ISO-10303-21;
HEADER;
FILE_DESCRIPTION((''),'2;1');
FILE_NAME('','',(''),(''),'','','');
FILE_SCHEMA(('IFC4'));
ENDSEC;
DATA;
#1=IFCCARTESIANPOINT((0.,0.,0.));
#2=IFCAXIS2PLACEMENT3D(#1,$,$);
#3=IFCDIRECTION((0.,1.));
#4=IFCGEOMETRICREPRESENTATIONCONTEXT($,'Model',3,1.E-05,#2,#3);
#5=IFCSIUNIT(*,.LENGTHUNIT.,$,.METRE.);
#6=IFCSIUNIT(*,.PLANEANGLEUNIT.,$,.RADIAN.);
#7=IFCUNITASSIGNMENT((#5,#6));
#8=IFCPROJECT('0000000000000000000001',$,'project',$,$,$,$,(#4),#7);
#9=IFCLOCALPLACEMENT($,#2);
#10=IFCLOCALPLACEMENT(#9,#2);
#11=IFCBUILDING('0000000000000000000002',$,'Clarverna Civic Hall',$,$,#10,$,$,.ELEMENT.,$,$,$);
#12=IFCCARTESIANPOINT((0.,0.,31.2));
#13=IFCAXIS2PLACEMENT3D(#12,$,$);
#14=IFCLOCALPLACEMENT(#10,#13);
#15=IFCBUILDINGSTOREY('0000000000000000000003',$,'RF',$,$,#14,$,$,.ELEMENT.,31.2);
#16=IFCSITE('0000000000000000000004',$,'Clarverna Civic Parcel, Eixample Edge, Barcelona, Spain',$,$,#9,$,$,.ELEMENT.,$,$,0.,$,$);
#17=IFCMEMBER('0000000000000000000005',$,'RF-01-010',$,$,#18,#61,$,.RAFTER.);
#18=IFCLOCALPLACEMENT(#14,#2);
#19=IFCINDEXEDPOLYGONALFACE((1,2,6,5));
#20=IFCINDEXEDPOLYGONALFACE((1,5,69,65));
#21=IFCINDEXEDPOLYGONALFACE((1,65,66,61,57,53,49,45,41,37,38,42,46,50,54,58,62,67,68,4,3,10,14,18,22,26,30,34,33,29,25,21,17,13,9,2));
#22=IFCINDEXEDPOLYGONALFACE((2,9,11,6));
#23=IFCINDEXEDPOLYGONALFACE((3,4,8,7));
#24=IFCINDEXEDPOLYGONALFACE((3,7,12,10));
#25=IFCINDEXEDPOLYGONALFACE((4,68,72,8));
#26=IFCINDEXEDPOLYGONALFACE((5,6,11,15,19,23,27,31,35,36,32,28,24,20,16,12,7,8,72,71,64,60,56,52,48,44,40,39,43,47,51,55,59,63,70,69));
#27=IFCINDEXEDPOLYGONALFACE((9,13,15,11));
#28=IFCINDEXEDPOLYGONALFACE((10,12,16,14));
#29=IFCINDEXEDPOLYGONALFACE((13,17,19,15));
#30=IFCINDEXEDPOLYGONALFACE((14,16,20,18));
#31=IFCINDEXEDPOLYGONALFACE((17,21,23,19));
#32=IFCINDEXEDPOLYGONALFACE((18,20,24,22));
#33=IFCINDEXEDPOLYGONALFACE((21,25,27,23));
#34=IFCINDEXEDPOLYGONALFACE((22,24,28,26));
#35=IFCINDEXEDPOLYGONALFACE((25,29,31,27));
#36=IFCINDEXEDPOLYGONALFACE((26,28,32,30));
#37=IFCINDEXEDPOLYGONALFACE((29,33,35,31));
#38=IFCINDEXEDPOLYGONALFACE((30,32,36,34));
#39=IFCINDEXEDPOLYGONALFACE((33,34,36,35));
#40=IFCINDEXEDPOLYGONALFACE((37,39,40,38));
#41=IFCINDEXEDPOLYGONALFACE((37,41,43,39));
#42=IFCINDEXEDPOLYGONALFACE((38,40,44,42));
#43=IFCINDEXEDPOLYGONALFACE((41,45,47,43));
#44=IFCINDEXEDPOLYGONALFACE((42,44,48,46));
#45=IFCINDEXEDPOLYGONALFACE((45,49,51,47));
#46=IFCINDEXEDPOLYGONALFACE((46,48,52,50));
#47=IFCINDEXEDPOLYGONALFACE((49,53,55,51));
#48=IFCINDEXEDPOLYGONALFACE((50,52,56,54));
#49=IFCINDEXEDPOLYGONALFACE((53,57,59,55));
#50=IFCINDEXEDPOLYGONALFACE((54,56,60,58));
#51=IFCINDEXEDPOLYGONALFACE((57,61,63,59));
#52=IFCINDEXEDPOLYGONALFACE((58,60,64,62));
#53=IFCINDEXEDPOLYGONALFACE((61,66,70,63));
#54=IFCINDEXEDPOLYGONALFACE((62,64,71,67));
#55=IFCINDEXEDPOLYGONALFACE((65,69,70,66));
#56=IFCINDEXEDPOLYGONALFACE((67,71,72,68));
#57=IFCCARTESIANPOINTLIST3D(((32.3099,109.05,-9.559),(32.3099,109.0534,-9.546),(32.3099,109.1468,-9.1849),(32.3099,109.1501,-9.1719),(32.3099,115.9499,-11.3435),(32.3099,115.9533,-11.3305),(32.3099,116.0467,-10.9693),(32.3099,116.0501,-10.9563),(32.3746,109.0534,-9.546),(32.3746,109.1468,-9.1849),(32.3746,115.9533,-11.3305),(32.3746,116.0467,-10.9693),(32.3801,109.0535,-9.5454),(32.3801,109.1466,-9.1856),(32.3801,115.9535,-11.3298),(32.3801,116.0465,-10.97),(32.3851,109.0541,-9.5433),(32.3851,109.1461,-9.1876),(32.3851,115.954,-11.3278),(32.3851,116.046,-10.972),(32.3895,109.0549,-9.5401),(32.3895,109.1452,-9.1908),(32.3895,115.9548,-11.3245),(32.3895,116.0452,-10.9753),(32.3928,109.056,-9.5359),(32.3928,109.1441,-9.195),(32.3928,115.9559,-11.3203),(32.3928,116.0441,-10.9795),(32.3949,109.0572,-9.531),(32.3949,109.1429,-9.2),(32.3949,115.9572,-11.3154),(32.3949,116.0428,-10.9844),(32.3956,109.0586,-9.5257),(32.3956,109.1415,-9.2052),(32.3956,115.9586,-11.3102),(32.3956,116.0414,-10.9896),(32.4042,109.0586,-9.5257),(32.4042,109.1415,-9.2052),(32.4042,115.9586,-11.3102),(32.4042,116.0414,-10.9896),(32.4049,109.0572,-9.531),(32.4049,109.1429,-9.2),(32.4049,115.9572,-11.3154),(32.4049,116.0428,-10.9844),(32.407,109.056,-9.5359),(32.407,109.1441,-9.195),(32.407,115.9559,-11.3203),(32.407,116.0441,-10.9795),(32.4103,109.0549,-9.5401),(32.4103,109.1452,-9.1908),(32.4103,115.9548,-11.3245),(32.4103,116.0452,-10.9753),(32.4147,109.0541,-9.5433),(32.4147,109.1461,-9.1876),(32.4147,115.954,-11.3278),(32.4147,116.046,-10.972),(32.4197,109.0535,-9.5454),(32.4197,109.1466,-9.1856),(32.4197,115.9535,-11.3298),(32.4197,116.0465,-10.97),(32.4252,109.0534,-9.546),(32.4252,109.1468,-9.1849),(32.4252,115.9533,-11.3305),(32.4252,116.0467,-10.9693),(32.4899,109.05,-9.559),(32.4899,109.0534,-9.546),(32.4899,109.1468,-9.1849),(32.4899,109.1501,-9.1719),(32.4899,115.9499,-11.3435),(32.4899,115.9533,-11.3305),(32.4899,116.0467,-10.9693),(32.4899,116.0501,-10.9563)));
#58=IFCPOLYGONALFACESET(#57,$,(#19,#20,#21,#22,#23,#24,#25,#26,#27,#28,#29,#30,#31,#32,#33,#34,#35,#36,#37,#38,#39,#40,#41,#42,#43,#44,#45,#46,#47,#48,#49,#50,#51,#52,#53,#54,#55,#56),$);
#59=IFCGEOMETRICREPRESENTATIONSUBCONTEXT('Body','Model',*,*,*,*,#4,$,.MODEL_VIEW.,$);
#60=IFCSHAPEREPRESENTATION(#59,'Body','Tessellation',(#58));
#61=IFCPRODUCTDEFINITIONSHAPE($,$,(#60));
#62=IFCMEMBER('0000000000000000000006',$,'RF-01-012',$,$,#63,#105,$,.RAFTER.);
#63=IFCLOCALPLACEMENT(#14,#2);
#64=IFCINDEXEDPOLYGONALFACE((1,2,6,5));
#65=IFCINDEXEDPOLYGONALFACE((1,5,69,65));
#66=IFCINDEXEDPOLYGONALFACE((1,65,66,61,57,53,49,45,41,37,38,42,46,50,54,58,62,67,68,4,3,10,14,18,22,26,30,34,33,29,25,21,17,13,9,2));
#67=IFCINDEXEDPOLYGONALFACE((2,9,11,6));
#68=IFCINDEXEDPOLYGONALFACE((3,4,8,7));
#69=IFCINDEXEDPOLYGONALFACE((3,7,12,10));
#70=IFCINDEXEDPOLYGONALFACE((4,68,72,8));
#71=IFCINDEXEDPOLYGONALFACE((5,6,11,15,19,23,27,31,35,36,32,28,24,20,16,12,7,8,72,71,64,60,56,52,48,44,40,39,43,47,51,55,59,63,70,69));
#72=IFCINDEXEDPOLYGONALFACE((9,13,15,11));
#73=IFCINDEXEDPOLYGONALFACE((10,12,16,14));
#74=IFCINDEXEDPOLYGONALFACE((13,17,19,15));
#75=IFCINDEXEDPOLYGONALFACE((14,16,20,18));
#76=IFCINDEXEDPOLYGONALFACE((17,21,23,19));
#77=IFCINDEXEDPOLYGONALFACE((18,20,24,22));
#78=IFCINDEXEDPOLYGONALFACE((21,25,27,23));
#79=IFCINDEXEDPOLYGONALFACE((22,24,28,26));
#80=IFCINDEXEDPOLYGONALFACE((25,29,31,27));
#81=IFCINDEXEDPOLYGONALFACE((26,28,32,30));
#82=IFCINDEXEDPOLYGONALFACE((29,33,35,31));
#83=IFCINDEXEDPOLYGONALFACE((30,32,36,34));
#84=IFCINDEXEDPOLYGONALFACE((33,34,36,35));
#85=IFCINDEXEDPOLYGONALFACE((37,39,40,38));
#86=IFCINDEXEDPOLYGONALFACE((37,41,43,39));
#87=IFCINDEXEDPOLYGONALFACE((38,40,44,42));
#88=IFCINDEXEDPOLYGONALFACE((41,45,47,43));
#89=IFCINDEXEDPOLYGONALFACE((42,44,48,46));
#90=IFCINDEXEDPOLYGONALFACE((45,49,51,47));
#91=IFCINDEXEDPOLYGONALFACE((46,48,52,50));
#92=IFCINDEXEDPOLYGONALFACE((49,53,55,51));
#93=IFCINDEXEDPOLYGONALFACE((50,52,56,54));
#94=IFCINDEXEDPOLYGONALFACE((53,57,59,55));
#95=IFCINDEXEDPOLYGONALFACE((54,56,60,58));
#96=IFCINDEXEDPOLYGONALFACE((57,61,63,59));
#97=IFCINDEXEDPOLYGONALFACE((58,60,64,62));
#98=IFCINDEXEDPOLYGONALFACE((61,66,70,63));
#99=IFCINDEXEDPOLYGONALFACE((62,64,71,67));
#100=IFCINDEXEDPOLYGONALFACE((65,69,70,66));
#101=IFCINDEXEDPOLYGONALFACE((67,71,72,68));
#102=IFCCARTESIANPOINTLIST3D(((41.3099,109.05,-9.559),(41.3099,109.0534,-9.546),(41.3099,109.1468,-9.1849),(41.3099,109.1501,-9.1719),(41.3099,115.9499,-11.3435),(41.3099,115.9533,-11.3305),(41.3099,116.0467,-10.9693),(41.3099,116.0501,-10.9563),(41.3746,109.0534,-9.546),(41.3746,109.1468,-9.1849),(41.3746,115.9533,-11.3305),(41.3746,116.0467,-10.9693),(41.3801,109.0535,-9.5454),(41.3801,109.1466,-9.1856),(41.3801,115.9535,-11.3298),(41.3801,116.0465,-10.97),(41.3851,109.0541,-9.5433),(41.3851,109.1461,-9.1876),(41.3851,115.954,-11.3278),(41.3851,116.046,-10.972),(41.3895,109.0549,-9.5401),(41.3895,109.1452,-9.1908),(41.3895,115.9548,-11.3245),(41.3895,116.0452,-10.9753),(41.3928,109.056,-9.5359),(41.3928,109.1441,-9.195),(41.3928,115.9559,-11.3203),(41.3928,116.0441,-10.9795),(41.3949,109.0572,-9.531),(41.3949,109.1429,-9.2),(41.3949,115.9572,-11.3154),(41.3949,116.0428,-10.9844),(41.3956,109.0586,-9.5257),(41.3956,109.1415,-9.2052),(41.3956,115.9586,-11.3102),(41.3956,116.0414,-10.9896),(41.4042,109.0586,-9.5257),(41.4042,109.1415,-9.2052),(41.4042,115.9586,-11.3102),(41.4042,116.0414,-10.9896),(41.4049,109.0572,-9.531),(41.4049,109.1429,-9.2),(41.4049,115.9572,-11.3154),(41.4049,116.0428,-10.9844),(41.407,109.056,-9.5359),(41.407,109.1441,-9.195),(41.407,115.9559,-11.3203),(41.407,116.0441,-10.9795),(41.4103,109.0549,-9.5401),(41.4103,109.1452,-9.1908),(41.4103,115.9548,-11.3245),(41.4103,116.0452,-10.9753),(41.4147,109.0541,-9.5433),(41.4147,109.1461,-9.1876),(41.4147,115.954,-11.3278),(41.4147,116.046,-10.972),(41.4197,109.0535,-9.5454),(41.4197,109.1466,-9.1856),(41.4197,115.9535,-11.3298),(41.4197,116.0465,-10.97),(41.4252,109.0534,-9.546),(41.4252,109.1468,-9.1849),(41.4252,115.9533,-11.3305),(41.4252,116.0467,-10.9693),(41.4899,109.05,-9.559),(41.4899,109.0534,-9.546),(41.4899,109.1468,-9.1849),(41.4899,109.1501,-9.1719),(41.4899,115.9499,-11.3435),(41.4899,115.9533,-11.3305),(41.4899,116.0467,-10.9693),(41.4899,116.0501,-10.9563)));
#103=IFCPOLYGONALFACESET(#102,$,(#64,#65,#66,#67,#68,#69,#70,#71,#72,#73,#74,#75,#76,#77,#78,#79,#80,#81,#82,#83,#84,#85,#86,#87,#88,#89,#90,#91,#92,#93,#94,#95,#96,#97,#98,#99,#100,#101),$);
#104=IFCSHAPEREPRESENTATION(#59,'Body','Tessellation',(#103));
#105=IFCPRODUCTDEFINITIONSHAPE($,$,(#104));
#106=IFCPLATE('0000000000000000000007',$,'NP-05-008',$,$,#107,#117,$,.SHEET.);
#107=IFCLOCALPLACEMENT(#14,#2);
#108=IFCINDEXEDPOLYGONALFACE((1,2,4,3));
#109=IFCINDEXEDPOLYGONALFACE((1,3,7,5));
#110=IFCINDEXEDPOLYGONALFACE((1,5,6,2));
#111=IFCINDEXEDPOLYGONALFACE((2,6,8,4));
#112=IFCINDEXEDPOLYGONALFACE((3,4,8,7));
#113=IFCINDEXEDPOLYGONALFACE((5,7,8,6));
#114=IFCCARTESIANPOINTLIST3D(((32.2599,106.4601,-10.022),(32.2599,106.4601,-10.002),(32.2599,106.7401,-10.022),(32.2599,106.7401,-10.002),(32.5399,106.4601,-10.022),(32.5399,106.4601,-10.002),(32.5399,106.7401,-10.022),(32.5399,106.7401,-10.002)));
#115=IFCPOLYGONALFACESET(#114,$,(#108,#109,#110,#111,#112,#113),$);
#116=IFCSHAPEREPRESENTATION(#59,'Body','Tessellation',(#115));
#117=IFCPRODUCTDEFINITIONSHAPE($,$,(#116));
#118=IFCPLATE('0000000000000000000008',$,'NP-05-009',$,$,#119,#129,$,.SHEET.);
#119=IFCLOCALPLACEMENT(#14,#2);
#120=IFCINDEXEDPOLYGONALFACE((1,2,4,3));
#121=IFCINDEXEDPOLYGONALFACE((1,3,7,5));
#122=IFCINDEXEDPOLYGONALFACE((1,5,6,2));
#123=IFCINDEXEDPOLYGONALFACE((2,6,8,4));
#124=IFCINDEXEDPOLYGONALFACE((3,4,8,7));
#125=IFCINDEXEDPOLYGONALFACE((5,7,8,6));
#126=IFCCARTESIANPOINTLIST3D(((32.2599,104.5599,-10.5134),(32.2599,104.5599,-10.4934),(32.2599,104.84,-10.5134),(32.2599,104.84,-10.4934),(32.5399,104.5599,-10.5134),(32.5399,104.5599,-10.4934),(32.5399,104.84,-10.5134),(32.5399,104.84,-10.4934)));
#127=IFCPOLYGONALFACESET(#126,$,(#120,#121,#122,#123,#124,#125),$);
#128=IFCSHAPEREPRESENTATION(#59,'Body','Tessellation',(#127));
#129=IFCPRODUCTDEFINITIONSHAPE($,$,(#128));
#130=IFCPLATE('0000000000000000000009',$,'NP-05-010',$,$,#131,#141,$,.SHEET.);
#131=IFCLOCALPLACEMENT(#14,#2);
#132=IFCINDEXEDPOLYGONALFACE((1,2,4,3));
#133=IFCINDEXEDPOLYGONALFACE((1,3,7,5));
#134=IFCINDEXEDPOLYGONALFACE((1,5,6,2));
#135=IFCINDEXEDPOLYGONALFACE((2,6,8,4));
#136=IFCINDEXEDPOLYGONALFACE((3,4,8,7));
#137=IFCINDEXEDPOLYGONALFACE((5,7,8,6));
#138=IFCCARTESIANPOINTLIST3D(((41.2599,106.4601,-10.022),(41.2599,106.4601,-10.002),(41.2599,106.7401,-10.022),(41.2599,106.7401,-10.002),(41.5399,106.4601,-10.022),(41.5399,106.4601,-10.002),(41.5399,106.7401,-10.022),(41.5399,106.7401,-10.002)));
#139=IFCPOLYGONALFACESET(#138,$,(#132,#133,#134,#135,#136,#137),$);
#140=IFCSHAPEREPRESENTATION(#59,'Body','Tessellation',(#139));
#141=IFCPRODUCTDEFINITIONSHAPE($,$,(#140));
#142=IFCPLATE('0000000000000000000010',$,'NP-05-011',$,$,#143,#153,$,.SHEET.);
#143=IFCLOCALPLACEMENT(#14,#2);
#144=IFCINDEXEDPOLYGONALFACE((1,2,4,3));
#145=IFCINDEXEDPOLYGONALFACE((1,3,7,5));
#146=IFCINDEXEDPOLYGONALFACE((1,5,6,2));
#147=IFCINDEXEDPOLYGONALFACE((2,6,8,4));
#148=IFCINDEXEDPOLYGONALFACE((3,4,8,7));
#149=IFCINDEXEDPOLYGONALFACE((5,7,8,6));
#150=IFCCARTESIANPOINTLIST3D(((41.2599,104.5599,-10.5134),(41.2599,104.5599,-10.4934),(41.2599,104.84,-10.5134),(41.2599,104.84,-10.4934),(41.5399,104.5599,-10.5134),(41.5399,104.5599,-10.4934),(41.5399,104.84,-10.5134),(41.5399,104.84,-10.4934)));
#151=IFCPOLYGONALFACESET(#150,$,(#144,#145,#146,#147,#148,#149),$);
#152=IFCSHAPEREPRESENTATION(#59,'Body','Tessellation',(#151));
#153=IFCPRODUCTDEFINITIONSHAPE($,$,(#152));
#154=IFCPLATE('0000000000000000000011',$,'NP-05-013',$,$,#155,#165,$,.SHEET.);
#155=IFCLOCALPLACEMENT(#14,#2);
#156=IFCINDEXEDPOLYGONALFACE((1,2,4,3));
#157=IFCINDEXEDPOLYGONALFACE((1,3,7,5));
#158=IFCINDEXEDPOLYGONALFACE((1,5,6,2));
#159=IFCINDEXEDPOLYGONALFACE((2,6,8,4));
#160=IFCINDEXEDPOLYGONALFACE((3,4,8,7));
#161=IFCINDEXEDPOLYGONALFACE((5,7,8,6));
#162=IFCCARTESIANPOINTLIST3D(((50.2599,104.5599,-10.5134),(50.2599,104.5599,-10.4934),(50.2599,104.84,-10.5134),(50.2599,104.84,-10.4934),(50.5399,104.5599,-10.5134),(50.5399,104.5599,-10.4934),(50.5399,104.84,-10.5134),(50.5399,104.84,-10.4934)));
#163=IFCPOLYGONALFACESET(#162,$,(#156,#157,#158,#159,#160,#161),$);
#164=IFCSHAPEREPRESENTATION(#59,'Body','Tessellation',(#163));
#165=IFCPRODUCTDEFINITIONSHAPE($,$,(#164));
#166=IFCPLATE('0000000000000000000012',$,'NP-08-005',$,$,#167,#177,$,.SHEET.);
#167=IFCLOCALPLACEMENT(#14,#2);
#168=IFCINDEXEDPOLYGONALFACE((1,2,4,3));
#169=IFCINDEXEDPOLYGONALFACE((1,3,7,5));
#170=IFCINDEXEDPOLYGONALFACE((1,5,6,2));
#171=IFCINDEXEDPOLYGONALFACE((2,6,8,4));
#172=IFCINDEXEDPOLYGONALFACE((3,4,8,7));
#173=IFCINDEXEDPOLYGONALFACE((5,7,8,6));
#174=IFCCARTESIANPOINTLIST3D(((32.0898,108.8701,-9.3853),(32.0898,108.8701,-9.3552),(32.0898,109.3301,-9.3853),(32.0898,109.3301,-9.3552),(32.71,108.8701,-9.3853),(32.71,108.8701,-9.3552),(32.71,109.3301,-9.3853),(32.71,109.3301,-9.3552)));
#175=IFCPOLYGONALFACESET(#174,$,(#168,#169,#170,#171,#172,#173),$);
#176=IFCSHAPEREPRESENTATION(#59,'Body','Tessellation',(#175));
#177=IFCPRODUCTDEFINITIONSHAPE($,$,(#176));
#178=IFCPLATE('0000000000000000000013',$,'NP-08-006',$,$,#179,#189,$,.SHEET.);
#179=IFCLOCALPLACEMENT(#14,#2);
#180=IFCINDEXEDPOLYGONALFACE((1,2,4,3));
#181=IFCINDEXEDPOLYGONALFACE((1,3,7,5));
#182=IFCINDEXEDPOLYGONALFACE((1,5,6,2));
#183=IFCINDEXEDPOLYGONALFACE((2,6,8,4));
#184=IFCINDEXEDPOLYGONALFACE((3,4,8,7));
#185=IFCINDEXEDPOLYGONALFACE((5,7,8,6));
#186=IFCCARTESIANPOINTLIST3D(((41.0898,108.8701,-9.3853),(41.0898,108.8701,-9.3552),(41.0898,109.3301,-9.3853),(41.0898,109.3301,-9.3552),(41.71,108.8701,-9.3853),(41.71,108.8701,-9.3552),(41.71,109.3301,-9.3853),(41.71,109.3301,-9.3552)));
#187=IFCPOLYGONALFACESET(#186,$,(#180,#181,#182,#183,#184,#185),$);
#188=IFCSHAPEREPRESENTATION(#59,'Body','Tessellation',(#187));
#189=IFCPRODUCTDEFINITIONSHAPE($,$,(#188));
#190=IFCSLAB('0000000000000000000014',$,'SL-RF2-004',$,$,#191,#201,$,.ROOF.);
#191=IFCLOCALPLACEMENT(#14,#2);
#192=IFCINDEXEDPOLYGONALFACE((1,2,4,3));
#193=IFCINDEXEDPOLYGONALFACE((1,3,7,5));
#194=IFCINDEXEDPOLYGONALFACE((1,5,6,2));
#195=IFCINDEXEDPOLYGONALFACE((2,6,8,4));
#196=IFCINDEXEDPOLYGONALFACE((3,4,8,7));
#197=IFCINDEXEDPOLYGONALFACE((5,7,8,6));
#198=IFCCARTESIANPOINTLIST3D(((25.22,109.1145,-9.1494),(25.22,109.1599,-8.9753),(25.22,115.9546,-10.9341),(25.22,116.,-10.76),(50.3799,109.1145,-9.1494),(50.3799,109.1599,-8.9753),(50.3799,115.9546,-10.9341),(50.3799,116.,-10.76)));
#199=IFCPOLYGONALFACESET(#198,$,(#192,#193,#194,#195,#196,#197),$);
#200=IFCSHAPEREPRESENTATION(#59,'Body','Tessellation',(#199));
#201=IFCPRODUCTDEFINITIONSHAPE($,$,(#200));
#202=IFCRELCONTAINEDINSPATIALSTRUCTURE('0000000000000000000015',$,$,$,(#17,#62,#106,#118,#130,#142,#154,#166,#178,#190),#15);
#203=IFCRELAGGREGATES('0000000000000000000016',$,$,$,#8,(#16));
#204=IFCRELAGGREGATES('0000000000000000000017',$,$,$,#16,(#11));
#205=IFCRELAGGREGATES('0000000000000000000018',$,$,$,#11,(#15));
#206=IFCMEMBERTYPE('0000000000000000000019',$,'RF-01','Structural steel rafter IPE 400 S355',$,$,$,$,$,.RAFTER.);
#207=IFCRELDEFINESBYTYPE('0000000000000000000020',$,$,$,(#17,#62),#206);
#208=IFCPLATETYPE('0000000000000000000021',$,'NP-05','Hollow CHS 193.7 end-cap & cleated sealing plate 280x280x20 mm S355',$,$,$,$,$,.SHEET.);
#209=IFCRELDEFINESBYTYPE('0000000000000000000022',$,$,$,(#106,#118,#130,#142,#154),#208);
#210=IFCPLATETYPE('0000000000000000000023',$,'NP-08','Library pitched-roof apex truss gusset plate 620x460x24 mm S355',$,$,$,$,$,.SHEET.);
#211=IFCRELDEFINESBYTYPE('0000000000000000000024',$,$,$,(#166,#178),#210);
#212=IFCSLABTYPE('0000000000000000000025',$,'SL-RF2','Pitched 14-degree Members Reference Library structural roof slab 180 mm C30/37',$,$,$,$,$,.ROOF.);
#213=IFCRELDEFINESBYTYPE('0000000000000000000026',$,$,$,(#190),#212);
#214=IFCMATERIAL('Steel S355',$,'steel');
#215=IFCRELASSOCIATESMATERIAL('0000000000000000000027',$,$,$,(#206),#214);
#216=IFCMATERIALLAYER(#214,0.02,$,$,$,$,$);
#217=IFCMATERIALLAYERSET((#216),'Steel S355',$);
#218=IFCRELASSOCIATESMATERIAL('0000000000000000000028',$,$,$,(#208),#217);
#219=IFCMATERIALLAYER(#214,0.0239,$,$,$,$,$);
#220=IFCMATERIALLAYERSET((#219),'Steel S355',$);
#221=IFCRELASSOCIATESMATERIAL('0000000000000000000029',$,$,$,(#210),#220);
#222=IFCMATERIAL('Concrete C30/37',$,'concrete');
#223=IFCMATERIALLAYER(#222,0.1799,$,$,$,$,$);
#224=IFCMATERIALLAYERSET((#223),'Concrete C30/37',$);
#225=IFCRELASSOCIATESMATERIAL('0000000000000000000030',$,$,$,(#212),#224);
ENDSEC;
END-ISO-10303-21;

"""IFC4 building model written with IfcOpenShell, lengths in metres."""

from ifc_helpers import new_model, si_unit, direction, frame, origin, origin_2d, place, context, subcontext, project, spatial, polyline, rectangle, i_section, outline, extrude, material, layer, layer_set, material_profile, profile_set, type_object, element, save


model = new_model("IFC4")

# Units and contexts
model_context = context("Model", 3, precision=1e-05, world=origin(), true_north=direction((0.0, 1.0)))
body_context = subcontext(model_context, "Body", "Model", "MODEL_VIEW")
ifc_project = project(units=[si_unit("LENGTHUNIT", "METRE"), si_unit("PLANEANGLEUNIT", "RADIAN")], contexts=[model_context])

# Site, building, storey
site_placement = place(None, origin())
site = spatial("IfcSite", under=ifc_project, at=site_placement, Name="Clarverna Civic Parcel, Eixample Edge, Barcelona, Spain", CompositionType="ELEMENT", RefElevation=0.0)
building_placement = place(site_placement, origin())
building = spatial("IfcBuilding", under=site, at=building_placement, Name="Clarverna Civic Hall", CompositionType="ELEMENT")
storey_placement = place(building_placement, frame((0.0, 0.0, 31.2)))
storey = spatial("IfcBuildingStorey", under=building, at=storey_placement, Name="RF", CompositionType="ELEMENT", Elevation=31.2)

# Members
ifc_material_1 = material(Name="Steel S355", Category="steel")
ifc_material_profile_1 = material_profile(ifc_material_1, i_section(OverallWidth=0.1799, OverallDepth=0.3999, WebThickness=0.0085, FlangeThickness=0.0134, FilletRadius=0.021, at=origin_2d()), Name="IPE 400")
ifc_profile_set_1 = profile_set([ifc_material_profile_1], Name="Steel S355")
member_type_1 = type_object("IfcMemberType", Name="RF-01", Description="Structural steel rafter IPE 400 S355", PredefinedType="RAFTER", material=ifc_profile_set_1)
for number, where, z_axis, x_axis, name in (
    (1, (32.3999, 116.0, -11.1499), (0.0, -0.968148, 0.250378), (1.0, 0.0, 0.0), "RF-01-010"),
    (2, (41.3999, 116.0, -11.1499), (0.0, -0.968148, 0.250378), (1.0, 0.0, 0.0), "RF-01-012"),
):
    element("IfcMember", number, at=place(storey_placement, frame(where, z_axis=z_axis, x_axis=x_axis)), inside=storey, type_object=member_type_1, Name=name, PredefinedType="RAFTER", context=body_context, shape_type="SweptSolid", body=[
        extrude(i_section(OverallWidth=0.1799, OverallDepth=0.3999, WebThickness=0.0085, FlangeThickness=0.0134, FilletRadius=0.021, at=origin_2d()), origin(), (0.0, 0.0, 1.0), 7.127),
    ])

# Plates
ifc_layer_1 = layer(ifc_material_1, 0.02)
ifc_layer_set_1 = layer_set([ifc_layer_1], Name="Steel S355")
plate_type_1 = type_object("IfcPlateType", Name="NP-05", Description="Hollow CHS 193.7 end-cap & cleated sealing plate 280x280x20 mm S355", PredefinedType="SHEET", material=ifc_layer_set_1)
for number, where, z_axis, x_axis, name in (
    (3, (32.3999, 106.6001, -10.022), (0.0, 0.0, 1.0), (1.0, 0.0, 0.0), "NP-05-008"),
    (4, (32.3999, 104.7, -10.5134), (0.0, 0.0, 1.0), (1.0, 0.0, 0.0), "NP-05-009"),
    (5, (41.3999, 106.6001, -10.022), (0.0, 0.0, 1.0), (1.0, 0.0, 0.0), "NP-05-010"),
    (6, (41.3999, 104.7, -10.5134), (0.0, 0.0, 1.0), (1.0, 0.0, 0.0), "NP-05-011"),
    (7, (50.3999, 104.7, -10.5134), (0.0, 0.0, 1.0), (1.0, 0.0, 0.0), "NP-05-013"),
):
    element("IfcPlate", number, at=place(storey_placement, frame(where, z_axis=z_axis, x_axis=x_axis)), inside=storey, type_object=plate_type_1, Name=name, PredefinedType="SHEET", context=body_context, shape_type="SweptSolid", body=[
        extrude(rectangle(XDim=0.28, YDim=0.28, at=origin_2d()), origin(), (0.0, 0.0, 1.0), 0.02),
    ])
ifc_layer_2 = layer(ifc_material_1, 0.0239)
ifc_layer_set_2 = layer_set([ifc_layer_2], Name="Steel S355")
plate_type_2 = type_object("IfcPlateType", Name="NP-08", Description="Library pitched-roof apex truss gusset plate 620x460x24 mm S355", PredefinedType="SHEET", material=ifc_layer_set_2)
for number, where, z_axis, x_axis, name in (
    (8, (32.3999, 109.1001, -9.3853), (0.0, 0.0, 1.0), (1.0, 0.0, 0.0), "NP-08-005"),
    (9, (41.3999, 109.1001, -9.3853), (0.0, 0.0, 1.0), (1.0, 0.0, 0.0), "NP-08-006"),
):
    element("IfcPlate", number, at=place(storey_placement, frame(where, z_axis=z_axis, x_axis=x_axis)), inside=storey, type_object=plate_type_2, Name=name, PredefinedType="SHEET", context=body_context, shape_type="SweptSolid", body=[
        extrude(rectangle(XDim=0.6201, YDim=0.46, at=origin_2d()), origin(), (0.0, 0.0, 1.0), 0.03),
    ])

# Slab
ifc_material_2 = material(Name="Concrete C30/37", Category="concrete")
ifc_layer_3 = layer(ifc_material_2, 0.1799)
ifc_layer_set_3 = layer_set([ifc_layer_3], Name="Concrete C30/37")
slab_type = type_object("IfcSlabType", Name="SL-RF2", Description="Pitched 14-degree Members Reference Library structural roof slab 180 mm C30/37", PredefinedType="ROOF", material=ifc_layer_set_3)
slab_placement = place(storey_placement, frame((25.22, 109.1599, -8.9753), z_axis=(0.0, 0.252461, 0.967607), x_axis=(1.0, 0.0, 0.0)))
element("IfcSlab", 10, at=slab_placement, inside=storey, type_object=slab_type, Name="SL-RF2-004", PredefinedType="ROOF", context=body_context, shape_type="SweptSolid", body=[
    extrude(outline(polyline([(0.0, 0.0), (25.1599, 0.0), (25.1599, 7.0691), (0.0, 7.0691), (0.0, 0.0)])), origin(), (0.0, 0.0, -1.0), 0.1799),
])

save(model, "model.ifc")
